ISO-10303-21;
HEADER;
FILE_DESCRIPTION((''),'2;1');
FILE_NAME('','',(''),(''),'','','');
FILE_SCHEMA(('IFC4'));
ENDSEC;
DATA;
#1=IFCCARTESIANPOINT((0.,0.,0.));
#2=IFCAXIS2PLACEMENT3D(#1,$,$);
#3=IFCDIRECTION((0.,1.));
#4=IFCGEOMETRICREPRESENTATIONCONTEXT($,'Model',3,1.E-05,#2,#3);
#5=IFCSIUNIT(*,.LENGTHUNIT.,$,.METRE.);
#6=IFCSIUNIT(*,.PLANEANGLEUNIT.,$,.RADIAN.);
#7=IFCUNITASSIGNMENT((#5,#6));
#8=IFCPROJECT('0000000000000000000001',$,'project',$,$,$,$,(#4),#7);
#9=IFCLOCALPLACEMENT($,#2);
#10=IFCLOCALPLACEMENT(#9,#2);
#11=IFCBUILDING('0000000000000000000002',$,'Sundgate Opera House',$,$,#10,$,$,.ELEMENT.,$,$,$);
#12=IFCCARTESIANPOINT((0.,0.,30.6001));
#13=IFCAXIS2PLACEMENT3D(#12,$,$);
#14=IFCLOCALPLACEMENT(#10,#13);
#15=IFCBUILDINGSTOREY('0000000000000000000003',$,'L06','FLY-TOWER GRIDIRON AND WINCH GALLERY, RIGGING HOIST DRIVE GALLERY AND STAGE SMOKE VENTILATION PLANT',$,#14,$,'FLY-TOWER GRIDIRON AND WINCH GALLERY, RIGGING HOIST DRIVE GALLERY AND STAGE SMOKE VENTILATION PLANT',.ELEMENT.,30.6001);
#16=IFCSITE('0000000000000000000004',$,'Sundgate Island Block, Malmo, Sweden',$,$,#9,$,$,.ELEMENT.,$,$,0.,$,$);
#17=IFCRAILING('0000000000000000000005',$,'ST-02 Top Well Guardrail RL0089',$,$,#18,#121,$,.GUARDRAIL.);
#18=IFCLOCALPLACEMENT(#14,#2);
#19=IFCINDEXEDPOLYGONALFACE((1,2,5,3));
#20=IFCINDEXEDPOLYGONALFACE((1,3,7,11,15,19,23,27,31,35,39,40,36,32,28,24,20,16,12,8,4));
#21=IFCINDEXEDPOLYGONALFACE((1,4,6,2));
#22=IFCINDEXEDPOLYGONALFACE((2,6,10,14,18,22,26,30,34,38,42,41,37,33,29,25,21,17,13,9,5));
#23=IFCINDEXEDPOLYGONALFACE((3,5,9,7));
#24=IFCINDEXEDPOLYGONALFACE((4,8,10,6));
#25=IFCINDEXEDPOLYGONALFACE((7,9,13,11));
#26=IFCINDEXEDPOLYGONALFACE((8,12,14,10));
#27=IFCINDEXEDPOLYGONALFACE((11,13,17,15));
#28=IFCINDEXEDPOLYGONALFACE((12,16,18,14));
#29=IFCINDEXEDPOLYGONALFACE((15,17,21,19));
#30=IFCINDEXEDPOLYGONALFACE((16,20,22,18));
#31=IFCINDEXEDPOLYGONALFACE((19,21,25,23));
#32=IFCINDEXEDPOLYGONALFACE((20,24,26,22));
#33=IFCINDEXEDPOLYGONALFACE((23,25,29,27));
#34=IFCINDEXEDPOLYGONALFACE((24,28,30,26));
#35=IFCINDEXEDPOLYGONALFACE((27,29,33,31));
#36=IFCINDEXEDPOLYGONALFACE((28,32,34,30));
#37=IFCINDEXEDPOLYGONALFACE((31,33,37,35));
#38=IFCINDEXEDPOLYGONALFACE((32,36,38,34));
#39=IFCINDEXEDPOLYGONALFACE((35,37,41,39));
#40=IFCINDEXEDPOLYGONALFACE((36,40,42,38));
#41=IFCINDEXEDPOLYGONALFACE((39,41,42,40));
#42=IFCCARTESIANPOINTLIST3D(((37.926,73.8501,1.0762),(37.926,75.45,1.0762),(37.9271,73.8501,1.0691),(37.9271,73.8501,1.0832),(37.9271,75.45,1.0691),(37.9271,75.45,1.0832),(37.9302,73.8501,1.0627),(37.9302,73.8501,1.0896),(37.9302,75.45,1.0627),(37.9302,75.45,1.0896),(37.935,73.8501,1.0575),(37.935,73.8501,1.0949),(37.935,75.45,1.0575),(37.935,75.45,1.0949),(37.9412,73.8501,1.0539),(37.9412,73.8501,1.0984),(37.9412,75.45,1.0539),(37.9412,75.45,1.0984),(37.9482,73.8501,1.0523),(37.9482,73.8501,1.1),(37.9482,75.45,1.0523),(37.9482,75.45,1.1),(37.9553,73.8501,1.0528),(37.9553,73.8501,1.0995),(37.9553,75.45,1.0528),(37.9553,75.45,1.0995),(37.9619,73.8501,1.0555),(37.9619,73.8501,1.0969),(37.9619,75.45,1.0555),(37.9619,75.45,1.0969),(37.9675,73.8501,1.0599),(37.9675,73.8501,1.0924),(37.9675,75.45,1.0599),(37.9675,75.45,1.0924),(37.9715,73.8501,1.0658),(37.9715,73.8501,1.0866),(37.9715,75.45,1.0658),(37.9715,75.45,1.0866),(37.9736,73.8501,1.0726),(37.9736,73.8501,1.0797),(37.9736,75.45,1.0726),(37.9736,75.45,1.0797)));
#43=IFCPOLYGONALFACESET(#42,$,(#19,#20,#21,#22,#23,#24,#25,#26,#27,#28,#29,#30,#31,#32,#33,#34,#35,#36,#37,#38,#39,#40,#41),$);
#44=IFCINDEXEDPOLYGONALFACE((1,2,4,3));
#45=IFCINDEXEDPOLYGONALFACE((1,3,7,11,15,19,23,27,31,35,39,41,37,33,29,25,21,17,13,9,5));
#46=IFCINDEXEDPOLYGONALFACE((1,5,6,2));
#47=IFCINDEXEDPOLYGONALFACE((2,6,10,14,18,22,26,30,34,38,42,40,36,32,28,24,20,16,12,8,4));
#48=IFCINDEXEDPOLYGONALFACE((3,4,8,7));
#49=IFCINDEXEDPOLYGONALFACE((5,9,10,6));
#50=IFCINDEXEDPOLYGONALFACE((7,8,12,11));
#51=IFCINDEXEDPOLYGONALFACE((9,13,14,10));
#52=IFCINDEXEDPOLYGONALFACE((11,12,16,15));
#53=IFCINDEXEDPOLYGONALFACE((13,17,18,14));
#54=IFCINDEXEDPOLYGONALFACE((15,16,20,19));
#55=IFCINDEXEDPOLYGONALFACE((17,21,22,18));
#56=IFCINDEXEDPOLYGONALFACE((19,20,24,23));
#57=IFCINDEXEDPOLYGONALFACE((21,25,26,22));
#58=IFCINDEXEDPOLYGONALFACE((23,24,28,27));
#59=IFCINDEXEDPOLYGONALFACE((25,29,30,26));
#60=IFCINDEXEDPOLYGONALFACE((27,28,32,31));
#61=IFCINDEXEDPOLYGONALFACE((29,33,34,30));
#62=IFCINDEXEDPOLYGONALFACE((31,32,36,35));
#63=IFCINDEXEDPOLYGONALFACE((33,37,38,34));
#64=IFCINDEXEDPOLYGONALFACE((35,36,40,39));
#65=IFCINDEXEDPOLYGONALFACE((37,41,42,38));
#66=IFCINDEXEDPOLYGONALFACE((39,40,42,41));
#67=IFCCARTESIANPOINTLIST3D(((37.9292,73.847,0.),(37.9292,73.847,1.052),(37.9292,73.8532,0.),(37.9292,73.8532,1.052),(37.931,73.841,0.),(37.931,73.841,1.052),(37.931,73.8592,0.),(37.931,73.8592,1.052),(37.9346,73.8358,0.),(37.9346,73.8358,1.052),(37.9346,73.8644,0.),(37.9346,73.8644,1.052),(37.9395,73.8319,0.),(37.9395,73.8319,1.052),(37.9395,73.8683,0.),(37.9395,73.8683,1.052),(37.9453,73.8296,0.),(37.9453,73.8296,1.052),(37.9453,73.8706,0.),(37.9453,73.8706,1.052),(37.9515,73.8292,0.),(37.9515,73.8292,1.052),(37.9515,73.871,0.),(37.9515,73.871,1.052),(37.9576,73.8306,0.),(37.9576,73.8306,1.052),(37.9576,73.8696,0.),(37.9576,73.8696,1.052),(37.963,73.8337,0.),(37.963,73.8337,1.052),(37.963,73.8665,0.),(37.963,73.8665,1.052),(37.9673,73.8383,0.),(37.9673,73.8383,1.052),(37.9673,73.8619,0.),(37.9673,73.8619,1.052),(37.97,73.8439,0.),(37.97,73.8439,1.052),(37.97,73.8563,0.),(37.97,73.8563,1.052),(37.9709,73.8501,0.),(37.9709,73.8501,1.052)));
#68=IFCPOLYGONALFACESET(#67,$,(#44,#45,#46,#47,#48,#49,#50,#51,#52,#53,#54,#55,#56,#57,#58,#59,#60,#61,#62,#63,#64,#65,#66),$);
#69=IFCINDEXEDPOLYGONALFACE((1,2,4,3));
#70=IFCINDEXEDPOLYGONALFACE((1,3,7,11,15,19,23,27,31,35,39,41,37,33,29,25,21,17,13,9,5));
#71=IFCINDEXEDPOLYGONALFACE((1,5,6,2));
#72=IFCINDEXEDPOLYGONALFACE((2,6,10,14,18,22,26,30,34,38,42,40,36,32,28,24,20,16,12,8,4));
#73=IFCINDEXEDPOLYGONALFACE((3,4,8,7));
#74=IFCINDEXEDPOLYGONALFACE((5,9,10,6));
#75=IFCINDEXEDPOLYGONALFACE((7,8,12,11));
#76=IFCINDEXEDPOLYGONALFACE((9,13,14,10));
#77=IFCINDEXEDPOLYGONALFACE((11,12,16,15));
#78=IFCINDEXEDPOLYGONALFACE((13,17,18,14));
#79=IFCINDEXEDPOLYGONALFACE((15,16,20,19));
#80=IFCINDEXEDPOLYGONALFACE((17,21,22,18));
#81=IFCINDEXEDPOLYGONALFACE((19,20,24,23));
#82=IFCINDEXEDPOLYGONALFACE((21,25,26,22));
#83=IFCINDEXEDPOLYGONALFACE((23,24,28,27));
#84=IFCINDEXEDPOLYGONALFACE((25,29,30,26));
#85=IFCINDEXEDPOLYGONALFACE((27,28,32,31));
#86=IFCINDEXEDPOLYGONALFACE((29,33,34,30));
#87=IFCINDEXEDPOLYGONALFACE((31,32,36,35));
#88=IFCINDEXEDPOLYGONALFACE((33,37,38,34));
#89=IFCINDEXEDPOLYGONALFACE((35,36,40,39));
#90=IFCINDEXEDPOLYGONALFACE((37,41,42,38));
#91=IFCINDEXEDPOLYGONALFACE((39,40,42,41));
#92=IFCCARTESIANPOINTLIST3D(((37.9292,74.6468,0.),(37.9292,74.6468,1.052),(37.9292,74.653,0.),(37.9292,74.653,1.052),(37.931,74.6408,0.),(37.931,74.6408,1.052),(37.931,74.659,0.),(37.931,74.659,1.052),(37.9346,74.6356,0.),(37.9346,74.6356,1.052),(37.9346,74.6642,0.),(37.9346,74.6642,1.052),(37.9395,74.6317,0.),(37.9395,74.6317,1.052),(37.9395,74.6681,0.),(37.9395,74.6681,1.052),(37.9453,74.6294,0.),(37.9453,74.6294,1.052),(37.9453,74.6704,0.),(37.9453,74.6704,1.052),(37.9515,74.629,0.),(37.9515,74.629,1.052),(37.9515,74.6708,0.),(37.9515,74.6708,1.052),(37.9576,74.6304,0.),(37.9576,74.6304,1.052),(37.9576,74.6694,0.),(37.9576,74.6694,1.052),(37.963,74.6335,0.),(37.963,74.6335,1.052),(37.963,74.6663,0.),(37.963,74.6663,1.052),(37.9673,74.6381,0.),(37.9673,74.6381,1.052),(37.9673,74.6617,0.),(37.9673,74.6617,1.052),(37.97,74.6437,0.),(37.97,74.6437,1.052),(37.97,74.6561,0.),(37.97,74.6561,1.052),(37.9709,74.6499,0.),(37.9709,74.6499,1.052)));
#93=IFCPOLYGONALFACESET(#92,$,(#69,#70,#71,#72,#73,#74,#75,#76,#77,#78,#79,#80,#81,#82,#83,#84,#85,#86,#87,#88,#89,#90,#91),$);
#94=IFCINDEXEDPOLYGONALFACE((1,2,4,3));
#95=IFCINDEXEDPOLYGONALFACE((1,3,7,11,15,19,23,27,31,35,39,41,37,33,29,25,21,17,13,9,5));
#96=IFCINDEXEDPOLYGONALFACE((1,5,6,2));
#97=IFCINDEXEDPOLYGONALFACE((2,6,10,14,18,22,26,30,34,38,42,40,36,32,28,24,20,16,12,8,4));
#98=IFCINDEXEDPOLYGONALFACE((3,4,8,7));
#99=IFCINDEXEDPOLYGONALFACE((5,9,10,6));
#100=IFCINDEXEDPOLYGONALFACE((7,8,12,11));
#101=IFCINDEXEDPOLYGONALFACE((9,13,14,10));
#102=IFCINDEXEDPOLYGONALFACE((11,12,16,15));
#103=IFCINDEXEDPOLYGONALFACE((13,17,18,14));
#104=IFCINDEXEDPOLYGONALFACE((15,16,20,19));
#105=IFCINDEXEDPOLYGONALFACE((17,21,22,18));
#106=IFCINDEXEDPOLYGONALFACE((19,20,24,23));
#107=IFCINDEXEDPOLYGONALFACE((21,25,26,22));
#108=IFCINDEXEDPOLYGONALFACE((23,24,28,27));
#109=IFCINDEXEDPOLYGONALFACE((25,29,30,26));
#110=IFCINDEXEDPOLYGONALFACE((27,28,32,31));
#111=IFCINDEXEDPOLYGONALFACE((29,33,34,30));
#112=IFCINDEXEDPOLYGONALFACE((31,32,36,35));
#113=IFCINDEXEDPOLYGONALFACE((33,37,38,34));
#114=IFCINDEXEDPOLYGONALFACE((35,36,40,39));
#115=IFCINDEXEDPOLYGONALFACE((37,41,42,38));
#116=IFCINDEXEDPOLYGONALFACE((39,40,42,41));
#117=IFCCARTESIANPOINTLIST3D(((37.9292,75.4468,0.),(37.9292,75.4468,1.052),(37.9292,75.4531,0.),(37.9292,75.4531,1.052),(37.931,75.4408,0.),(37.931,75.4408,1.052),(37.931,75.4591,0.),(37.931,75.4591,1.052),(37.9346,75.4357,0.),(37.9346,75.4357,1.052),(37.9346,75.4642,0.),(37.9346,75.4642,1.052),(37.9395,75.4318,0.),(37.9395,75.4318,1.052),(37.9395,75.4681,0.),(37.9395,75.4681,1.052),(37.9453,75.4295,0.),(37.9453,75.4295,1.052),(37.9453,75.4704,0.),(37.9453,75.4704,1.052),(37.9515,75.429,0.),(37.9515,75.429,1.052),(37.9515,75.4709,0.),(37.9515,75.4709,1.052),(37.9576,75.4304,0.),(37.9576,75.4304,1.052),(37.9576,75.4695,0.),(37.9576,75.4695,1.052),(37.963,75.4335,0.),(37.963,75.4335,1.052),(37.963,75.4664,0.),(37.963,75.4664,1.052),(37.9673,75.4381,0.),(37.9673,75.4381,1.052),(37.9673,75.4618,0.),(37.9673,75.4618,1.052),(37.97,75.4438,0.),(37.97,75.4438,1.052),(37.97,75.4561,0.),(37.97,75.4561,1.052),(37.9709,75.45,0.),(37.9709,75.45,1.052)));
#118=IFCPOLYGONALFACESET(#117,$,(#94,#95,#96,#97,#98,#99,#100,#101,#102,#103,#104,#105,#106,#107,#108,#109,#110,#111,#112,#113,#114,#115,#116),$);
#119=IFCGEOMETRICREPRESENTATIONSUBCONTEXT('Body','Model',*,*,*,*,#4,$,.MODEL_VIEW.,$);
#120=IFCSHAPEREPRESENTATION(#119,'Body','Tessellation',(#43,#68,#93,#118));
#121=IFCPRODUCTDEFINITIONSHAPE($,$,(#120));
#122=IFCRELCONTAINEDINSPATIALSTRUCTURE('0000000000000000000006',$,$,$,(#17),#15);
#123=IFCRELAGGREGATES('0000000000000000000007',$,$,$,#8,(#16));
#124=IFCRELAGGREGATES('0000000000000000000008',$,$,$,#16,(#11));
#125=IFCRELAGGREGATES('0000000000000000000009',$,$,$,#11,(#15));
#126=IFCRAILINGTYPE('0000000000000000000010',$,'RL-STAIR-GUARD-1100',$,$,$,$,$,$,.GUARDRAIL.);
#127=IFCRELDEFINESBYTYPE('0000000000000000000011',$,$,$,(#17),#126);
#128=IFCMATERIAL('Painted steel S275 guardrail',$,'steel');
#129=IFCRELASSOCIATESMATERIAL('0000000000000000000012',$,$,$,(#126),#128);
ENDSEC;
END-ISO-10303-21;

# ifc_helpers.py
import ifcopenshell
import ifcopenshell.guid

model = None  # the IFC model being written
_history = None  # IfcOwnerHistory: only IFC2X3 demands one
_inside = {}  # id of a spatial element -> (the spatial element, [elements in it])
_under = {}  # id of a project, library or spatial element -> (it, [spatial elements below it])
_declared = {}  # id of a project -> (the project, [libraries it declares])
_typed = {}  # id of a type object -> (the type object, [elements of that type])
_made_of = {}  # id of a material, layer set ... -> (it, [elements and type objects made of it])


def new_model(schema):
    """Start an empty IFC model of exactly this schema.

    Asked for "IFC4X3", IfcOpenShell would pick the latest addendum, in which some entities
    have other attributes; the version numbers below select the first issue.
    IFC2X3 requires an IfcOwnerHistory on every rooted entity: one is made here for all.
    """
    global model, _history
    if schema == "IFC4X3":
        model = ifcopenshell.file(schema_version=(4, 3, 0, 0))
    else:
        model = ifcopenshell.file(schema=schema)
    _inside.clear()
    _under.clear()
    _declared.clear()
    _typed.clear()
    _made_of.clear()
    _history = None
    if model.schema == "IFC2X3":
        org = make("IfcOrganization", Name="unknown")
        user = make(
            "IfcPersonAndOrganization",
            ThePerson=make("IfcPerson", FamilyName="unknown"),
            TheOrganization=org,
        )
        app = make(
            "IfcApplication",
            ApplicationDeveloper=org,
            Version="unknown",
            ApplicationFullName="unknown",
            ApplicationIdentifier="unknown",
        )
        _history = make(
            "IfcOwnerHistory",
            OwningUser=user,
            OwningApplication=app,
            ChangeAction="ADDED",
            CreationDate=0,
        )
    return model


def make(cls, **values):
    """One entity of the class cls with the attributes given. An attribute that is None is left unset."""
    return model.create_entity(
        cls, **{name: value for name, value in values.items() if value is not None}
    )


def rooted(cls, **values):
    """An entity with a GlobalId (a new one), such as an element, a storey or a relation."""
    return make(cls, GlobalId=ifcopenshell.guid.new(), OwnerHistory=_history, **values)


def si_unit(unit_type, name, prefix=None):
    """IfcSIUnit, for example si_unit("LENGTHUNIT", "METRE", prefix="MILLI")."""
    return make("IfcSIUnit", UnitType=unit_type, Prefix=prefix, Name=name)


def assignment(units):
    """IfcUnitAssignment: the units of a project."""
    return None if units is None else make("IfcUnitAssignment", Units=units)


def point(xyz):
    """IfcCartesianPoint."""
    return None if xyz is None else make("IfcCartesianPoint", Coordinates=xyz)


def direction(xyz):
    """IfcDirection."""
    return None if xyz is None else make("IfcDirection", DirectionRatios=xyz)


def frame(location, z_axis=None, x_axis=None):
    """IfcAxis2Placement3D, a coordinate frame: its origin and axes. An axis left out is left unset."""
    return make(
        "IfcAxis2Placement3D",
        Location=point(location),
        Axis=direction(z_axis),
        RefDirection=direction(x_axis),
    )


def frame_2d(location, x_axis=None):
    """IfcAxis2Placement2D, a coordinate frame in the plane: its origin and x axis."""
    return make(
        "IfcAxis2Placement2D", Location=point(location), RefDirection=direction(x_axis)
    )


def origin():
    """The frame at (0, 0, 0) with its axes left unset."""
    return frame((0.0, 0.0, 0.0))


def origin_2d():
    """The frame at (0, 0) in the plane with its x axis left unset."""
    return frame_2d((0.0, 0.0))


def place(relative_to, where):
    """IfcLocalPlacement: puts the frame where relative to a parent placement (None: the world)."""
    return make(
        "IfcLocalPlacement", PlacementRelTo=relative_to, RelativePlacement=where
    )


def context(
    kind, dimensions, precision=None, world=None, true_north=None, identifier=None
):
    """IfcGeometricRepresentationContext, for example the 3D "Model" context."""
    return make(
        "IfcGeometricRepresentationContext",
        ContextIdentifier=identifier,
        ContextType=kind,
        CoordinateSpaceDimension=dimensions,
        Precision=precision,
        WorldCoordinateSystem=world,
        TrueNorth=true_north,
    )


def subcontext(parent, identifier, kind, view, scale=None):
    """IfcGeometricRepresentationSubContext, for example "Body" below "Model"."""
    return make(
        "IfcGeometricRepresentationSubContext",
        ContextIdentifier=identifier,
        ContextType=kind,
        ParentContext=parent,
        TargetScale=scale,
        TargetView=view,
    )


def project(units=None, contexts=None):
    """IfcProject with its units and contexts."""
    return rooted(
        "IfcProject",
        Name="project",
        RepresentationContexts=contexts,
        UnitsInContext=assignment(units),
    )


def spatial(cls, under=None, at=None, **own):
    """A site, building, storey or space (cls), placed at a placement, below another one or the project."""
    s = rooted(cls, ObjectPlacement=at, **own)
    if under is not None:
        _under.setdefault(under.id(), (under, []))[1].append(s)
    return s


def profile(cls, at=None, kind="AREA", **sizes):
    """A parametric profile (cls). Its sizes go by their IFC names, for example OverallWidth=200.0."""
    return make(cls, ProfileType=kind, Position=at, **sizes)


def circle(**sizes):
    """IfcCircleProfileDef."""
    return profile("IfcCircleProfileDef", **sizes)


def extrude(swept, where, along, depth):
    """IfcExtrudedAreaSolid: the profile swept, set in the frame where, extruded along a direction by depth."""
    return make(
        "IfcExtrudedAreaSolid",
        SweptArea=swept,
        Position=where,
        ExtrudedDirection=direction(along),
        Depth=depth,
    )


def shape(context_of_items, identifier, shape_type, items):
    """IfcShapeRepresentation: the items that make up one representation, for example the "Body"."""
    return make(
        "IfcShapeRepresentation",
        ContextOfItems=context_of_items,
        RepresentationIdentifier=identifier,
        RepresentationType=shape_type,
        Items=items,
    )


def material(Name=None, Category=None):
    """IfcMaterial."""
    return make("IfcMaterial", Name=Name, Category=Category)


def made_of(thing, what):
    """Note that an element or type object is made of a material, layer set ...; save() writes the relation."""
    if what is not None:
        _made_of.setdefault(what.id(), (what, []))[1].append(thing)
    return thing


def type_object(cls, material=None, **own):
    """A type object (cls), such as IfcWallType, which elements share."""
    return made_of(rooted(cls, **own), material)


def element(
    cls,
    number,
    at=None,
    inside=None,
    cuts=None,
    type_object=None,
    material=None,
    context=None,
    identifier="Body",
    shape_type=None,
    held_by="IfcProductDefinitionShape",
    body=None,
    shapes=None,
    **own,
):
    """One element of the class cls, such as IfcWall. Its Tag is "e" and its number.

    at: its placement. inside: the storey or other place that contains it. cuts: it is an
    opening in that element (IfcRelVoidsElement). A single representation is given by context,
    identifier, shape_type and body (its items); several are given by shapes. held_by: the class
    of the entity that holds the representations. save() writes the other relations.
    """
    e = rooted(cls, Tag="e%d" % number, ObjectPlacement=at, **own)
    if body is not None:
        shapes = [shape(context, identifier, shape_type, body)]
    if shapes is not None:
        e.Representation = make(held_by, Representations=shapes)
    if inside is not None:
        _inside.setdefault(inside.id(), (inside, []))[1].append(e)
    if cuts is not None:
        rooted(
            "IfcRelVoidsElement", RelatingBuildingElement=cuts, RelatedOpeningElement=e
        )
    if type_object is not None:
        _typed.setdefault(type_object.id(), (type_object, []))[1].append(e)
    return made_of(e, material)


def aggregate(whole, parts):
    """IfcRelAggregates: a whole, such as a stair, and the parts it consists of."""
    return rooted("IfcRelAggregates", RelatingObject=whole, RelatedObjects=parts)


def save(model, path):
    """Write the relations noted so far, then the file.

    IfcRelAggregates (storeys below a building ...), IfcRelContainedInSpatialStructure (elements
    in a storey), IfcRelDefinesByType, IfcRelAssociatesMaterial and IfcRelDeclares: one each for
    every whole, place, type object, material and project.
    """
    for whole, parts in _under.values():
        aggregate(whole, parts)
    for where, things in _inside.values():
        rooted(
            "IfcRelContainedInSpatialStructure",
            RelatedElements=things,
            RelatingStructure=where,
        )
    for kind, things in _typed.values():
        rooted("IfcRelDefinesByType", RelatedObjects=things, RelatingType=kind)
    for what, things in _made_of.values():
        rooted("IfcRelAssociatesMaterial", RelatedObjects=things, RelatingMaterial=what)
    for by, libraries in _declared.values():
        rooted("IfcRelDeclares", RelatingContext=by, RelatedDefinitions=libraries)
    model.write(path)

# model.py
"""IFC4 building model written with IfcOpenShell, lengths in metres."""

from ifc_helpers import new_model, si_unit, direction, frame, origin, origin_2d, place, context, subcontext, project, spatial, circle, extrude, material, type_object, element, save


model = new_model("IFC4")

# Units and contexts
model_context = context("Model", 3, precision=1e-05, world=origin(), true_north=direction((0.0, 1.0)))
body_context = subcontext(model_context, "Body", "Model", "MODEL_VIEW")
ifc_project = project(units=[si_unit("LENGTHUNIT", "METRE"), si_unit("PLANEANGLEUNIT", "RADIAN")], contexts=[model_context])

# Site, building, storey
site_placement = place(None, origin())
site = spatial("IfcSite", under=ifc_project, at=site_placement, Name="Sundgate Island Block, Malmo, Sweden", CompositionType="ELEMENT", RefElevation=0.0)
building_placement = place(site_placement, origin())
building = spatial("IfcBuilding", under=site, at=building_placement, Name="Sundgate Opera House", CompositionType="ELEMENT")
storey_placement = place(building_placement, frame((0.0, 0.0, 30.6001)))
storey = spatial("IfcBuildingStorey", under=building, at=storey_placement, Name="L06", Description="FLY-TOWER GRIDIRON AND WINCH GALLERY, RIGGING HOIST DRIVE GALLERY AND STAGE SMOKE VENTILATION PLANT", LongName="FLY-TOWER GRIDIRON AND WINCH GALLERY, RIGGING HOIST DRIVE GALLERY AND STAGE SMOKE VENTILATION PLANT", CompositionType="ELEMENT", Elevation=30.6001)

# Railing
ifc_material_1 = material(Name="Painted steel S275 guardrail", Category="steel")
railing_type = type_object("IfcRailingType", Name="RL-STAIR-GUARD-1100", PredefinedType="GUARDRAIL", material=ifc_material_1)
railing_placement = place(storey_placement, frame((37.95, 73.8501, 0.0)))
element("IfcRailing", 1, at=railing_placement, inside=storey, type_object=railing_type, Name="ST-02 Top Well Guardrail RL0089", PredefinedType="GUARDRAIL", context=body_context, shape_type="SweptSolid", body=[
    extrude(circle(Radius=0.0239, at=origin_2d()), frame((0.0, 0.0, 1.0762), z_axis=(0.0, 1.0, 0.0), x_axis=(-1.0, 0.0, 0.0)), (0.0, 0.0, 1.0), 1.5999),
    extrude(circle(Radius=0.021, at=origin_2d()), origin(), (0.0, 0.0, 1.0), 1.052),
    extrude(circle(Radius=0.021, at=origin_2d()), frame((0.0, 0.7998, 0.0)), (0.0, 0.0, 1.0), 1.052),
    extrude(circle(Radius=0.021, at=origin_2d()), frame((0.0, 1.5999, 0.0)), (0.0, 0.0, 1.0), 1.052),
])

save(model, "model.ifc")
